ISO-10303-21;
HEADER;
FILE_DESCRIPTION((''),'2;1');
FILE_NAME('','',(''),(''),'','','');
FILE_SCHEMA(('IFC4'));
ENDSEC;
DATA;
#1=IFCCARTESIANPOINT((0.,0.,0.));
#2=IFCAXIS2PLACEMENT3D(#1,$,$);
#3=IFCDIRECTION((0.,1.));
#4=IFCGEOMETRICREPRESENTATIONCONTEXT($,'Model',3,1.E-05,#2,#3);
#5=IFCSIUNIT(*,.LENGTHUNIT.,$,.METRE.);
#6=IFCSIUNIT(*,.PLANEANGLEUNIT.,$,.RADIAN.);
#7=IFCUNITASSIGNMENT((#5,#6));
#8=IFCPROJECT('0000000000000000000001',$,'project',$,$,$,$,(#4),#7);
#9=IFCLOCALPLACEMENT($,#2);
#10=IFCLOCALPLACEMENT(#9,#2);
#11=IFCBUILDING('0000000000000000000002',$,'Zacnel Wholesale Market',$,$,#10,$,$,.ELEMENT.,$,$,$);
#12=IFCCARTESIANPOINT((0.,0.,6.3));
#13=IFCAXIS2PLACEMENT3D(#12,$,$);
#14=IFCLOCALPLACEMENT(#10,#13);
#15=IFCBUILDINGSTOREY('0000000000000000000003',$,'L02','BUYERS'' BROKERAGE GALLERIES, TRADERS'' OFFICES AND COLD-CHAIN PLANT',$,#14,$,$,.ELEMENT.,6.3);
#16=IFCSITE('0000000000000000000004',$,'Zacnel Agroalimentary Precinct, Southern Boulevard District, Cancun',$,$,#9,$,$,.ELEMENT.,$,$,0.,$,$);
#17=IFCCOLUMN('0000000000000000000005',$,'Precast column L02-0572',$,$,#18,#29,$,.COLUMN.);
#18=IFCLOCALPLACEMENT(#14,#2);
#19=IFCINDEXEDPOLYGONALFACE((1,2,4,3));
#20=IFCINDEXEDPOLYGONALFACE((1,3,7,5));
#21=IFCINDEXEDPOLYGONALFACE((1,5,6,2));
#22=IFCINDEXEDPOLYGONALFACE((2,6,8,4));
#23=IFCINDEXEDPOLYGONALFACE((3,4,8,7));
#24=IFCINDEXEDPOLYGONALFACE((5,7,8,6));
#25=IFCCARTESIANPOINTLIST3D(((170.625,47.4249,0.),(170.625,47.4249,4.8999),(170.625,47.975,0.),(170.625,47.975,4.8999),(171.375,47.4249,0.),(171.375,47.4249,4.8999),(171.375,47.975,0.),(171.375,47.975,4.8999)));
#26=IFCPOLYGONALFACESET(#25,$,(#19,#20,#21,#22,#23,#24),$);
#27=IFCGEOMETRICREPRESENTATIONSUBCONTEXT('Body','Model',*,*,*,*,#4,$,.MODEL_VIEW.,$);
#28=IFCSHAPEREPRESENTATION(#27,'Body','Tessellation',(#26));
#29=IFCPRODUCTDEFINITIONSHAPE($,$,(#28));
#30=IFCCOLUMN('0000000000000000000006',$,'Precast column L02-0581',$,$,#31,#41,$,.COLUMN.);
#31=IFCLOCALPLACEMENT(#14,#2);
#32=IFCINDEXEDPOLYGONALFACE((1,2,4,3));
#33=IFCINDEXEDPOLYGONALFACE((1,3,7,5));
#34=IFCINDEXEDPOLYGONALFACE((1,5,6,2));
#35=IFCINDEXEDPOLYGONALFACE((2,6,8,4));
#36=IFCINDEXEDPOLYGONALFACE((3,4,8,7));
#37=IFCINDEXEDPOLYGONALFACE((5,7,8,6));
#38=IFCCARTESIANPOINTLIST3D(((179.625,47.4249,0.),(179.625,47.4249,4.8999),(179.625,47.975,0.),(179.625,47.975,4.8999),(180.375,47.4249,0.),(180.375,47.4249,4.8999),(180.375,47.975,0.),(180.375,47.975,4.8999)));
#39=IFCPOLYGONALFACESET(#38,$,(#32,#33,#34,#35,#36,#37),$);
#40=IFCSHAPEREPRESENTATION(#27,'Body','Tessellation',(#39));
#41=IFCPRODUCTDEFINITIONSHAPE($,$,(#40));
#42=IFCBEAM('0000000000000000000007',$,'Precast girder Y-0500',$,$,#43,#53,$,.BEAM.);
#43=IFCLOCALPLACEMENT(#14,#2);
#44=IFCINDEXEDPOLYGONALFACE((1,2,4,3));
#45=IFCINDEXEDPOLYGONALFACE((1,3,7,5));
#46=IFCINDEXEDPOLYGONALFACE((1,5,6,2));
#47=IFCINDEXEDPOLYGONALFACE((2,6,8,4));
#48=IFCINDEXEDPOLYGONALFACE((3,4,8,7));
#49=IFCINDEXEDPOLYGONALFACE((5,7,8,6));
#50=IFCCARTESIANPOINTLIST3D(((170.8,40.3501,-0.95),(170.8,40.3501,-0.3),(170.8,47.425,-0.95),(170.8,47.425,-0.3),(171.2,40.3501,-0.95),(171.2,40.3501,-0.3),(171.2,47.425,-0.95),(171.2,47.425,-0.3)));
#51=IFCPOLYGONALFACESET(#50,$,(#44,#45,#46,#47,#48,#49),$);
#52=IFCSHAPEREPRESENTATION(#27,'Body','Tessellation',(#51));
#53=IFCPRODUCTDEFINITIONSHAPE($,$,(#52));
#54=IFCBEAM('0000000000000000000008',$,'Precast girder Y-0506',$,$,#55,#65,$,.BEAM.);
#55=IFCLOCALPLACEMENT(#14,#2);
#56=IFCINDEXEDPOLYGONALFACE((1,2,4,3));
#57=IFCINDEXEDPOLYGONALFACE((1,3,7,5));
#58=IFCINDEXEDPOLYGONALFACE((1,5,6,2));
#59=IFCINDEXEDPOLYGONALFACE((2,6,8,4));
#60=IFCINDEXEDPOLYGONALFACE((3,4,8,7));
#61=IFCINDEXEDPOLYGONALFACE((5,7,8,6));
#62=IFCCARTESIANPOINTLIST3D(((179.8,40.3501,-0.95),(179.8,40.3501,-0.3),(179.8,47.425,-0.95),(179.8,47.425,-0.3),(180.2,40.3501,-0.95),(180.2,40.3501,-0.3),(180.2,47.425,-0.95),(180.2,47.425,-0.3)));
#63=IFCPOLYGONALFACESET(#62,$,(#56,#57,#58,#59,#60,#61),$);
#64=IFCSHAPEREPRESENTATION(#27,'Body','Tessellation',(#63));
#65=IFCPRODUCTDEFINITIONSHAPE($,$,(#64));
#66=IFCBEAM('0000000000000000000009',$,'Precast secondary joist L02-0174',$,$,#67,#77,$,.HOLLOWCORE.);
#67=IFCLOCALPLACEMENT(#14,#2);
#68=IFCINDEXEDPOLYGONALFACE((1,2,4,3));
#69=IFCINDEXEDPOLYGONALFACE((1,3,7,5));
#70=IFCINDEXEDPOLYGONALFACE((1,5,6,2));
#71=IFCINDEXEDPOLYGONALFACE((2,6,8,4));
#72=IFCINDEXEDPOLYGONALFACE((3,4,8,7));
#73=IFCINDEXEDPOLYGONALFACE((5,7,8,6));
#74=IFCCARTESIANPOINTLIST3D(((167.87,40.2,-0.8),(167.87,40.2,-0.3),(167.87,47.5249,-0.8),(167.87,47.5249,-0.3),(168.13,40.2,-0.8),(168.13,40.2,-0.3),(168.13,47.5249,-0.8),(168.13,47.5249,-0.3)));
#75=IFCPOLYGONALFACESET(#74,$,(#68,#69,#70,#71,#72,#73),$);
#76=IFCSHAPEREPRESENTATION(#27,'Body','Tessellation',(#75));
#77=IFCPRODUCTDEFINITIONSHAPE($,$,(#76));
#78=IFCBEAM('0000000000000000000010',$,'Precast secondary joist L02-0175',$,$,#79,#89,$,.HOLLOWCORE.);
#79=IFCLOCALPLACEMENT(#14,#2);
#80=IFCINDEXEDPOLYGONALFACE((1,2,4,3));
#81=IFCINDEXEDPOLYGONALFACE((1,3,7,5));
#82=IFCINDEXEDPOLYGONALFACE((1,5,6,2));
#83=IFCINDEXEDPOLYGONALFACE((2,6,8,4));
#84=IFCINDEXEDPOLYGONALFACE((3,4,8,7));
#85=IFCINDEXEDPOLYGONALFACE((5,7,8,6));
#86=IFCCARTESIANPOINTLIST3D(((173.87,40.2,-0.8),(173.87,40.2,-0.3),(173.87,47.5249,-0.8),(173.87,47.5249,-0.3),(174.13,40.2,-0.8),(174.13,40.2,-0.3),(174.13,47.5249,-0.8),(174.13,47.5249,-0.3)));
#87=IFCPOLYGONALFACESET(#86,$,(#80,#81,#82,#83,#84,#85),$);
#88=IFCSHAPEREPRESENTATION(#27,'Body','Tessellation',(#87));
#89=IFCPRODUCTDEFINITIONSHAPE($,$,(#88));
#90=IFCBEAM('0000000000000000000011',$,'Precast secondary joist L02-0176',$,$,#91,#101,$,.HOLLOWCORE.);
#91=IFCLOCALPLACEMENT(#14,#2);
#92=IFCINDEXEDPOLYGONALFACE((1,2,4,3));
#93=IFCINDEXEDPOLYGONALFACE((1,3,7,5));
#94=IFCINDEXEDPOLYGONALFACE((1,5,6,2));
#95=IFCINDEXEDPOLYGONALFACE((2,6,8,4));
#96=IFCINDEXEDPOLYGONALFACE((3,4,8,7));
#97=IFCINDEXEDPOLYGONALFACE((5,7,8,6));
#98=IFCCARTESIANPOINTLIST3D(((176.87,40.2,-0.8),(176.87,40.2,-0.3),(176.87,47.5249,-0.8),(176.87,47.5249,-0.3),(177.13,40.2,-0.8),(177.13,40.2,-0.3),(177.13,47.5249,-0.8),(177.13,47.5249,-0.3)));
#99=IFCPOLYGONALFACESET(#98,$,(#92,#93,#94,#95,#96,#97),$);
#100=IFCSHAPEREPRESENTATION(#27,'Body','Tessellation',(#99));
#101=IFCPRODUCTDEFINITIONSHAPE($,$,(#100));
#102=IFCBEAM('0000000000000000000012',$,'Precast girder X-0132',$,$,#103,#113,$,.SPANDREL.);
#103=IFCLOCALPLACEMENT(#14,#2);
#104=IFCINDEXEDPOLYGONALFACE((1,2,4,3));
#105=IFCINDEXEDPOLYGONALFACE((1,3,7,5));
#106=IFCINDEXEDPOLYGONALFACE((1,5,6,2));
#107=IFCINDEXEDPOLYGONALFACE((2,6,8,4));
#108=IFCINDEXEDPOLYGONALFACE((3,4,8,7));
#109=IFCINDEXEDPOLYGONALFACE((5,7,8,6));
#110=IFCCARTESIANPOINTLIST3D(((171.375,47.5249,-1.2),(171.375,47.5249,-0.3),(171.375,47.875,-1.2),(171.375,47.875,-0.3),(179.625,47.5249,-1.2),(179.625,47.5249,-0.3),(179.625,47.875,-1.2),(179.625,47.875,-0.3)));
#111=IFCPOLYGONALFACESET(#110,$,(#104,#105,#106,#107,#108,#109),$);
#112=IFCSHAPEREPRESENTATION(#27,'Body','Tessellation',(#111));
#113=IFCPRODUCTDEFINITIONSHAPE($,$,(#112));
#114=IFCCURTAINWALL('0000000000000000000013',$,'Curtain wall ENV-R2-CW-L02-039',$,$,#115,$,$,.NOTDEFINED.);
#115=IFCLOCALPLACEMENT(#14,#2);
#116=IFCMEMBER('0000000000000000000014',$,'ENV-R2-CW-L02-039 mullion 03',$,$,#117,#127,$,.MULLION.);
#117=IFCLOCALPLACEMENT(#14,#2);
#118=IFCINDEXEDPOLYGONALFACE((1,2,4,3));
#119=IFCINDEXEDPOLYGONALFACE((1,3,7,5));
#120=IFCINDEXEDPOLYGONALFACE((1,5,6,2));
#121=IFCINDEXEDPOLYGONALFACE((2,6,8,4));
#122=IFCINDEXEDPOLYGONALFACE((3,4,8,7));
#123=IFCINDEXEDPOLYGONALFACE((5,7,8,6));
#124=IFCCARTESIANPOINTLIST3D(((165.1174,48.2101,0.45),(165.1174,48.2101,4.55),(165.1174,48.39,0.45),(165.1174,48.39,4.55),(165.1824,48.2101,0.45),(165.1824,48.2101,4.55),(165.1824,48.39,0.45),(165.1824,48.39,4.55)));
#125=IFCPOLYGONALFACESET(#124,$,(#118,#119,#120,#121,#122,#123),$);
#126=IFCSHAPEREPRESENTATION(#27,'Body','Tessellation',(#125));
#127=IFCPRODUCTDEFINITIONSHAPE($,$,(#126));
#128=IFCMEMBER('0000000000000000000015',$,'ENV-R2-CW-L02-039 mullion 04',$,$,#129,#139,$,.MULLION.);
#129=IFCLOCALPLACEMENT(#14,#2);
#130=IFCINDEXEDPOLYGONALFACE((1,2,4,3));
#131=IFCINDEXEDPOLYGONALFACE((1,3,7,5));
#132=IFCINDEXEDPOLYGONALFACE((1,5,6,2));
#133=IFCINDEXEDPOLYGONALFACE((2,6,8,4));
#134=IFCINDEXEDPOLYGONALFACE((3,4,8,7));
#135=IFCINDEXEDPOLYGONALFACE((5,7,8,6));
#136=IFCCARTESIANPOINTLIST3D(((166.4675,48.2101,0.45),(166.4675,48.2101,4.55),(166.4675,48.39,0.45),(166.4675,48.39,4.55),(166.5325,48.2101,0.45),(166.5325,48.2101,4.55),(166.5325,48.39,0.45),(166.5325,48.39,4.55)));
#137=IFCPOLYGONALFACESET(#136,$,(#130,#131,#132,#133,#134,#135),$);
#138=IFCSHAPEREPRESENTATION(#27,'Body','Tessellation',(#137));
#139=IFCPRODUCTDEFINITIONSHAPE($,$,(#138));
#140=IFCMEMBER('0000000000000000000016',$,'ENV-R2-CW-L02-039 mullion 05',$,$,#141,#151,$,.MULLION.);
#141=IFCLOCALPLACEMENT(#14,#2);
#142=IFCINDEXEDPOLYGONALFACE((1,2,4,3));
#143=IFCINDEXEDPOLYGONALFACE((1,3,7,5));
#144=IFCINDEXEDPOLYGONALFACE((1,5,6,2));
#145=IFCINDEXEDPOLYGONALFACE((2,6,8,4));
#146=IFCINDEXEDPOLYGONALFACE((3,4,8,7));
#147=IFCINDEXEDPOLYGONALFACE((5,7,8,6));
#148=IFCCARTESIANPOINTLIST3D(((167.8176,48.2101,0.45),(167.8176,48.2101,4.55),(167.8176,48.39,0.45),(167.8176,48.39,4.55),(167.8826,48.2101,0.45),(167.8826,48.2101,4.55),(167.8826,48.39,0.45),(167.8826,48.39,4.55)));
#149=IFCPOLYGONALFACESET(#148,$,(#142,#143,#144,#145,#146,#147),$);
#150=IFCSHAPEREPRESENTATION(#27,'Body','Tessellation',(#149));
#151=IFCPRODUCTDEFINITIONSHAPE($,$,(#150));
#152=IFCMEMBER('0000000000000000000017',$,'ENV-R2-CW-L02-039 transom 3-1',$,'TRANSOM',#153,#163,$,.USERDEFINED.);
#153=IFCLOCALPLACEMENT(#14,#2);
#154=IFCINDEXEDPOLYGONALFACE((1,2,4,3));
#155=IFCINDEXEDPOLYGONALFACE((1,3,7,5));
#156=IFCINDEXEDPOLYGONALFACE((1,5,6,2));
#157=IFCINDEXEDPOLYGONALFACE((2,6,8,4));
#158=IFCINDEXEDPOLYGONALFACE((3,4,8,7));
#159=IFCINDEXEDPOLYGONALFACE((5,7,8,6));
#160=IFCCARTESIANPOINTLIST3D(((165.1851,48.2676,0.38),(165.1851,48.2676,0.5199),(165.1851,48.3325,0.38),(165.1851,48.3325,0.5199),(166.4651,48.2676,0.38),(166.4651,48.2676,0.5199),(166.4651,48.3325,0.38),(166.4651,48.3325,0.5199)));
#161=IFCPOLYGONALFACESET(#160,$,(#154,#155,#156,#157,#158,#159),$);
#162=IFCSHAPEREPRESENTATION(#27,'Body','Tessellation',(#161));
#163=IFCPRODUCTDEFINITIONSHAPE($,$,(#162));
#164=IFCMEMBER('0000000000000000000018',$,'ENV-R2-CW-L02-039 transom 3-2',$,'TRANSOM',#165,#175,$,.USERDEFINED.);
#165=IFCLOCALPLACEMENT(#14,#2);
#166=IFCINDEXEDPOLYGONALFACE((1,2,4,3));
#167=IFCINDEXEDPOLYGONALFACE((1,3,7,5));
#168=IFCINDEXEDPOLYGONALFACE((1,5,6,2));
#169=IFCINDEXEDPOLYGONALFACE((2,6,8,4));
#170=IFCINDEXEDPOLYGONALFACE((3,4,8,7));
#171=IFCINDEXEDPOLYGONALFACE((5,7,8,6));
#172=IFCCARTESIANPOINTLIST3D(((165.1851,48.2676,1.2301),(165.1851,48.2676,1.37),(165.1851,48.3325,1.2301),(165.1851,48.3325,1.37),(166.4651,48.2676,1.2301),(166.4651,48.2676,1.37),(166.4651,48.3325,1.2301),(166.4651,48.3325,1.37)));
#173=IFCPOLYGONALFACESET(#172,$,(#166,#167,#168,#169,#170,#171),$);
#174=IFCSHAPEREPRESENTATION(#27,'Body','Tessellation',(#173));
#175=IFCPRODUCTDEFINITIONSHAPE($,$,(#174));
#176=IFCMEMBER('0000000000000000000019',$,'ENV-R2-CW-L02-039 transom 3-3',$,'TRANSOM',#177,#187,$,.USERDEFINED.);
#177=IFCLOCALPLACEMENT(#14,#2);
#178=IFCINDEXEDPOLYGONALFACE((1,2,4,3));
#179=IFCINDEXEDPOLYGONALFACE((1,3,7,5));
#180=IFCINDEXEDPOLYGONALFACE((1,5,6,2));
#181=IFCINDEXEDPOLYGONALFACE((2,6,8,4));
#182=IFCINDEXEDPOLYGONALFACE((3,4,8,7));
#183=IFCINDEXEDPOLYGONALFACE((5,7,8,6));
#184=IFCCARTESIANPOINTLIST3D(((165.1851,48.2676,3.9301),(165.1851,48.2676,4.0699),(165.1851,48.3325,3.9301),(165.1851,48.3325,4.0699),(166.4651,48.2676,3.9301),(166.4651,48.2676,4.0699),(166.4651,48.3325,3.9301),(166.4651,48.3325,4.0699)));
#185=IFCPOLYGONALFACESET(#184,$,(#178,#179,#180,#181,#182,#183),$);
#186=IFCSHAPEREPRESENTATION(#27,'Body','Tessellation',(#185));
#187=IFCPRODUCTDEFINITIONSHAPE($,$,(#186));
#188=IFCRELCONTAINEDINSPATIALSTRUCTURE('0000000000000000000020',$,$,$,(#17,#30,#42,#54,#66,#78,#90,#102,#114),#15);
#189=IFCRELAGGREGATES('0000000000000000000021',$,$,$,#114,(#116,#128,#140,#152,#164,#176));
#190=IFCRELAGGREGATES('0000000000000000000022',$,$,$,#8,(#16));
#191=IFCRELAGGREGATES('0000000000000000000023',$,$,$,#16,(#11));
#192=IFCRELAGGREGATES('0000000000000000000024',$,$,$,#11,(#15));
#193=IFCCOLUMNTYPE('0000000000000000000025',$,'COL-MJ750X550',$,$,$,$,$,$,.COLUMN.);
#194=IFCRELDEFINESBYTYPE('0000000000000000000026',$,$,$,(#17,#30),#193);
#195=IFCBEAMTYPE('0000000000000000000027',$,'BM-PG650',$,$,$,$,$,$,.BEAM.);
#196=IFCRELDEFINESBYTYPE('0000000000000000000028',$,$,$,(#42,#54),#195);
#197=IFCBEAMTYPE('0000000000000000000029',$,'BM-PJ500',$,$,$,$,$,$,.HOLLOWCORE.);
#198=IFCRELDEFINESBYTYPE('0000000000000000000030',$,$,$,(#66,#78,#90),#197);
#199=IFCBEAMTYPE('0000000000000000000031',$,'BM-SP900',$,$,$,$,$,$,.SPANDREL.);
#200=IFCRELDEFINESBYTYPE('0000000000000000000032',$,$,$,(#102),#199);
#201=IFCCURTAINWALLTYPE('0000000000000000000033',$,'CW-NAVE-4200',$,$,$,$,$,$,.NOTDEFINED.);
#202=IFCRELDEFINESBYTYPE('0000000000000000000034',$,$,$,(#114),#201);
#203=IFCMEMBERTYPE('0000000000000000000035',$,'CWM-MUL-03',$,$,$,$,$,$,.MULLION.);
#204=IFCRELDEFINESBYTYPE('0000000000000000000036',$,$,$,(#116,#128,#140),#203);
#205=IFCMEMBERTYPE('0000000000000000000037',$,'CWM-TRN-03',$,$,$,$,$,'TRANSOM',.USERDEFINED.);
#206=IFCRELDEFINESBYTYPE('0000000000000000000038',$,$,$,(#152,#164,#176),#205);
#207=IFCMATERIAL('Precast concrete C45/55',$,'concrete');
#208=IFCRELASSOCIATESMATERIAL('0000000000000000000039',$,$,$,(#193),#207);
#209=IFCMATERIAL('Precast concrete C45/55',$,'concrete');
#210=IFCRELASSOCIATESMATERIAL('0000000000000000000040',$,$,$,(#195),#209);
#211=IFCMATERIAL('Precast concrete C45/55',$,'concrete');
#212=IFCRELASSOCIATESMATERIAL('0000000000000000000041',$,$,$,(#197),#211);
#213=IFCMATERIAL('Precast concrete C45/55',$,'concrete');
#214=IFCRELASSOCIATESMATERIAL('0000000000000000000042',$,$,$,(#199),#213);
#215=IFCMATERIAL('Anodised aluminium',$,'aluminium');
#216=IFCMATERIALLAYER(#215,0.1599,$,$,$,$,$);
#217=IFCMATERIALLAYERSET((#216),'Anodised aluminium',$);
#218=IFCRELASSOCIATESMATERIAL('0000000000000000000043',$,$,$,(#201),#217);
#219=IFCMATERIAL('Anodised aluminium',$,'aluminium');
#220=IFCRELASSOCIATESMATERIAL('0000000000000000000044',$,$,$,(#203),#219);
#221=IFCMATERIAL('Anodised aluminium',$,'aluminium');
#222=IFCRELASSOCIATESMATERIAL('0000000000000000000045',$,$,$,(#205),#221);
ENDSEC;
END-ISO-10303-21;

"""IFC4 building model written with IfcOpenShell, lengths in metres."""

from ifc_helpers import new_model, si_unit, direction, frame, origin, origin_2d, place, context, subcontext, project, spatial, rectangle, extrude, material, layer, layer_set, material_profile, profile_set, type_object, element, aggregate, save


model = new_model("IFC4")

# Units and contexts
model_context = context("Model", 3, precision=1e-05, world=origin(), true_north=direction((0.0, 1.0)))
body_context = subcontext(model_context, "Body", "Model", "MODEL_VIEW")
ifc_project = project(units=[si_unit("LENGTHUNIT", "METRE"), si_unit("PLANEANGLEUNIT", "RADIAN")], contexts=[model_context])

# Site, building, storey
site_placement = place(None, origin())
site = spatial("IfcSite", under=ifc_project, at=site_placement, Name="Zacnel Agroalimentary Precinct, Southern Boulevard District, Cancun", CompositionType="ELEMENT", RefElevation=0.0)
building_placement = place(site_placement, origin())
building = spatial("IfcBuilding", under=site, at=building_placement, Name="Zacnel Wholesale Market", CompositionType="ELEMENT")
storey_placement = place(building_placement, frame((0.0, 0.0, 6.3)))
storey = spatial("IfcBuildingStorey", under=building, at=storey_placement, Name="L02", Description="BUYERS' BROKERAGE GALLERIES, TRADERS' OFFICES AND COLD-CHAIN PLANT", CompositionType="ELEMENT", Elevation=6.3)

# Columns
ifc_material_1 = material(Name="Precast concrete C45/55", Category="concrete")
ifc_material_profile_1 = material_profile(ifc_material_1, rectangle(XDim=0.75, YDim=0.55, at=origin_2d()), Name="PC 750x550")
ifc_profile_set_1 = profile_set([ifc_material_profile_1], Name="Precast concrete C45/55")
column_type = type_object("IfcColumnType", Name="COL-MJ750X550", PredefinedType="COLUMN", material=ifc_profile_set_1)
for number, where, z_axis, x_axis, name in (
    (1, (171.0, 47.7, 0.0), (0.0, 0.0, 1.0), (1.0, 0.0, 0.0), "Precast column L02-0572"),
    (2, (180.0, 47.7, 0.0), (0.0, 0.0, 1.0), (1.0, 0.0, 0.0), "Precast column L02-0581"),
):
    element("IfcColumn", number, at=place(storey_placement, frame(where, z_axis=z_axis, x_axis=x_axis)), inside=storey, type_object=column_type, Name=name, PredefinedType="COLUMN", context=body_context, shape_type="SweptSolid", body=[
        extrude(rectangle(XDim=0.75, YDim=0.55, at=origin_2d()), origin(), (0.0, 0.0, 1.0), 4.8999),
    ])

# Beams
ifc_material_2 = material(Name="Precast concrete C45/55", Category="concrete")
ifc_material_profile_2 = material_profile(ifc_material_2, rectangle(XDim=0.3999, YDim=0.6499, at=origin_2d()), Name="PG 400x650")
ifc_profile_set_2 = profile_set([ifc_material_profile_2], Name="Precast concrete C45/55")
beam_type_1 = type_object("IfcBeamType", Name="BM-PG650", PredefinedType="BEAM", material=ifc_profile_set_2)
for number, where, z_axis, x_axis, name in (
    (3, (171.0, 40.3501, -0.625), (0.0, 1.0, 0.0), (-1.0, 0.0, 0.0), "Precast girder Y-0500"),
    (4, (180.0, 40.3501, -0.625), (0.0, 1.0, 0.0), (-1.0, 0.0, 0.0), "Precast girder Y-0506"),
):
    element("IfcBeam", number, at=place(storey_placement, frame(where, z_axis=z_axis, x_axis=x_axis)), inside=storey, type_object=beam_type_1, Name=name, PredefinedType="BEAM", context=body_context, shape_type="SweptSolid", body=[
        extrude(rectangle(XDim=0.3999, YDim=0.6499, at=origin_2d()), origin(), (0.0, 0.0, 1.0), 7.075),
    ])
ifc_material_3 = material(Name="Precast concrete C45/55", Category="concrete")
ifc_material_profile_3 = material_profile(ifc_material_3, rectangle(XDim=0.26, YDim=0.5, at=origin_2d()), Name="PJ 260x500")
ifc_profile_set_3 = profile_set([ifc_material_profile_3], Name="Precast concrete C45/55")
beam_type_2 = type_object("IfcBeamType", Name="BM-PJ500", PredefinedType="HOLLOWCORE", material=ifc_profile_set_3)
for number, where, z_axis, x_axis, name in (
    (5, (168.0, 40.2, -0.55), (0.0, 1.0, 0.0), (-1.0, 0.0, 0.0), "Precast secondary joist L02-0174"),
    (6, (174.0, 40.2, -0.55), (0.0, 1.0, 0.0), (-1.0, 0.0, 0.0), "Precast secondary joist L02-0175"),
    (7, (177.0, 40.2, -0.55), (0.0, 1.0, 0.0), (-1.0, 0.0, 0.0), "Precast secondary joist L02-0176"),
):
    element("IfcBeam", number, at=place(storey_placement, frame(where, z_axis=z_axis, x_axis=x_axis)), inside=storey, type_object=beam_type_2, Name=name, PredefinedType="HOLLOWCORE", context=body_context, shape_type="SweptSolid", body=[
        extrude(rectangle(XDim=0.26, YDim=0.5, at=origin_2d()), origin(), (0.0, 0.0, 1.0), 7.325),
    ])
ifc_material_4 = material(Name="Precast concrete C45/55", Category="concrete")
ifc_material_profile_4 = material_profile(ifc_material_4, rectangle(XDim=0.3501, YDim=0.8999, at=origin_2d()), Name="SP 350x900")
ifc_profile_set_4 = profile_set([ifc_material_profile_4], Name="Precast concrete C45/55")
beam_type_3 = type_object("IfcBeamType", Name="BM-SP900", PredefinedType="SPANDREL", material=ifc_profile_set_4)
beam_placement = place(storey_placement, frame((171.375, 47.7, -0.75), z_axis=(1.0, 0.0, 0.0), x_axis=(0.0, 1.0, 0.0)))
element("IfcBeam", 8, at=beam_placement, inside=storey, type_object=beam_type_3, Name="Precast girder X-0132", PredefinedType="SPANDREL", context=body_context, shape_type="SweptSolid", body=[
    extrude(rectangle(XDim=0.3501, YDim=0.8999, at=origin_2d()), origin(), (0.0, 0.0, 1.0), 8.25),
])

# Curtain wall, members
ifc_material_5 = material(Name="Anodised aluminium", Category="aluminium")
ifc_layer_1 = layer(ifc_material_5, 0.1599)
ifc_layer_set_1 = layer_set([ifc_layer_1], Name="Anodised aluminium")
curtain_wall_type = type_object("IfcCurtainWallType", Name="CW-NAVE-4200", PredefinedType="NOTDEFINED", material=ifc_layer_set_1)
curtain_wall_placement = place(storey_placement, origin())
curtain_wall = element("IfcCurtainWall", 9, at=curtain_wall_placement, inside=storey, type_object=curtain_wall_type, Name="Curtain wall ENV-R2-CW-L02-039", PredefinedType="NOTDEFINED")
ifc_material_6 = material(Name="Anodised aluminium", Category="aluminium")
ifc_material_profile_5 = material_profile(ifc_material_6, rectangle(XDim=0.0649, YDim=0.1799, at=origin_2d()), Name="AW-MULLION 65x180")
ifc_profile_set_5 = profile_set([ifc_material_profile_5], Name="Anodised aluminium")
member_type_1 = type_object("IfcMemberType", Name="CWM-MUL-03", PredefinedType="MULLION", material=ifc_profile_set_5)
member_1_placement = place(storey_placement, frame((165.1499, 48.3, 0.45), z_axis=(0.0, 0.0, 1.0), x_axis=(1.0, 0.0, 0.0)))
member_1 = element("IfcMember", 10, at=member_1_placement, type_object=member_type_1, Name="ENV-R2-CW-L02-039 mullion 03", PredefinedType="MULLION", context=body_context, shape_type="SweptSolid", body=[
    extrude(rectangle(XDim=0.0649, YDim=0.1799, at=origin_2d()), origin(), (0.0, 0.0, 1.0), 4.1001),
])
member_2_placement = place(storey_placement, frame((166.5, 48.3, 0.45), z_axis=(0.0, 0.0, 1.0), x_axis=(1.0, 0.0, 0.0)))
member_2 = element("IfcMember", 11, at=member_2_placement, type_object=member_type_1, Name="ENV-R2-CW-L02-039 mullion 04", PredefinedType="MULLION", context=body_context, shape_type="SweptSolid", body=[
    extrude(rectangle(XDim=0.0649, YDim=0.1799, at=origin_2d()), origin(), (0.0, 0.0, 1.0), 4.1001),
])
member_3_placement = place(storey_placement, frame((167.8501, 48.3, 0.45), z_axis=(0.0, 0.0, 1.0), x_axis=(1.0, 0.0, 0.0)))
member_3 = element("IfcMember", 12, at=member_3_placement, type_object=member_type_1, Name="ENV-R2-CW-L02-039 mullion 05", PredefinedType="MULLION", context=body_context, shape_type="SweptSolid", body=[
    extrude(rectangle(XDim=0.0649, YDim=0.1799, at=origin_2d()), origin(), (0.0, 0.0, 1.0), 4.1001),
])
ifc_material_7 = material(Name="Anodised aluminium", Category="aluminium")
ifc_material_profile_6 = material_profile(ifc_material_7, rectangle(XDim=0.0649, YDim=0.1399, at=origin_2d()), Name="AW-TRANSOM 65x140")
ifc_profile_set_6 = profile_set([ifc_material_profile_6], Name="Anodised aluminium")
member_type_2 = type_object("IfcMemberType", Name="CWM-TRN-03", ElementType="TRANSOM", PredefinedType="USERDEFINED", material=ifc_profile_set_6)
member_4_placement = place(storey_placement, frame((165.1851, 48.3, 0.45), z_axis=(1.0, 0.0, 0.0), x_axis=(0.0, 1.0, 0.0)))
member_4 = element("IfcMember", 13, at=member_4_placement, type_object=member_type_2, Name="ENV-R2-CW-L02-039 transom 3-1", ObjectType="TRANSOM", PredefinedType="USERDEFINED", context=body_context, shape_type="SweptSolid", body=[
    extrude(rectangle(XDim=0.0649, YDim=0.1399, at=origin_2d()), origin(), (0.0, 0.0, 1.0), 1.28),
])
member_5_placement = place(storey_placement, frame((165.1851, 48.3, 1.3), z_axis=(1.0, 0.0, 0.0), x_axis=(0.0, 1.0, 0.0)))
member_5 = element("IfcMember", 14, at=member_5_placement, type_object=member_type_2, Name="ENV-R2-CW-L02-039 transom 3-2", ObjectType="TRANSOM", PredefinedType="USERDEFINED", context=body_context, shape_type="SweptSolid", body=[
    extrude(rectangle(XDim=0.0649, YDim=0.1399, at=origin_2d()), origin(), (0.0, 0.0, 1.0), 1.28),
])
member_6_placement = place(storey_placement, frame((165.1851, 48.3, 4.0), z_axis=(1.0, 0.0, 0.0), x_axis=(0.0, 1.0, 0.0)))
member_6 = element("IfcMember", 15, at=member_6_placement, type_object=member_type_2, Name="ENV-R2-CW-L02-039 transom 3-3", ObjectType="TRANSOM", PredefinedType="USERDEFINED", context=body_context, shape_type="SweptSolid", body=[
    extrude(rectangle(XDim=0.0649, YDim=0.1399, at=origin_2d()), origin(), (0.0, 0.0, 1.0), 1.28),
])
aggregate(curtain_wall, [member_1, member_2, member_3, member_4, member_5, member_6])

save(model, "model.ifc")
